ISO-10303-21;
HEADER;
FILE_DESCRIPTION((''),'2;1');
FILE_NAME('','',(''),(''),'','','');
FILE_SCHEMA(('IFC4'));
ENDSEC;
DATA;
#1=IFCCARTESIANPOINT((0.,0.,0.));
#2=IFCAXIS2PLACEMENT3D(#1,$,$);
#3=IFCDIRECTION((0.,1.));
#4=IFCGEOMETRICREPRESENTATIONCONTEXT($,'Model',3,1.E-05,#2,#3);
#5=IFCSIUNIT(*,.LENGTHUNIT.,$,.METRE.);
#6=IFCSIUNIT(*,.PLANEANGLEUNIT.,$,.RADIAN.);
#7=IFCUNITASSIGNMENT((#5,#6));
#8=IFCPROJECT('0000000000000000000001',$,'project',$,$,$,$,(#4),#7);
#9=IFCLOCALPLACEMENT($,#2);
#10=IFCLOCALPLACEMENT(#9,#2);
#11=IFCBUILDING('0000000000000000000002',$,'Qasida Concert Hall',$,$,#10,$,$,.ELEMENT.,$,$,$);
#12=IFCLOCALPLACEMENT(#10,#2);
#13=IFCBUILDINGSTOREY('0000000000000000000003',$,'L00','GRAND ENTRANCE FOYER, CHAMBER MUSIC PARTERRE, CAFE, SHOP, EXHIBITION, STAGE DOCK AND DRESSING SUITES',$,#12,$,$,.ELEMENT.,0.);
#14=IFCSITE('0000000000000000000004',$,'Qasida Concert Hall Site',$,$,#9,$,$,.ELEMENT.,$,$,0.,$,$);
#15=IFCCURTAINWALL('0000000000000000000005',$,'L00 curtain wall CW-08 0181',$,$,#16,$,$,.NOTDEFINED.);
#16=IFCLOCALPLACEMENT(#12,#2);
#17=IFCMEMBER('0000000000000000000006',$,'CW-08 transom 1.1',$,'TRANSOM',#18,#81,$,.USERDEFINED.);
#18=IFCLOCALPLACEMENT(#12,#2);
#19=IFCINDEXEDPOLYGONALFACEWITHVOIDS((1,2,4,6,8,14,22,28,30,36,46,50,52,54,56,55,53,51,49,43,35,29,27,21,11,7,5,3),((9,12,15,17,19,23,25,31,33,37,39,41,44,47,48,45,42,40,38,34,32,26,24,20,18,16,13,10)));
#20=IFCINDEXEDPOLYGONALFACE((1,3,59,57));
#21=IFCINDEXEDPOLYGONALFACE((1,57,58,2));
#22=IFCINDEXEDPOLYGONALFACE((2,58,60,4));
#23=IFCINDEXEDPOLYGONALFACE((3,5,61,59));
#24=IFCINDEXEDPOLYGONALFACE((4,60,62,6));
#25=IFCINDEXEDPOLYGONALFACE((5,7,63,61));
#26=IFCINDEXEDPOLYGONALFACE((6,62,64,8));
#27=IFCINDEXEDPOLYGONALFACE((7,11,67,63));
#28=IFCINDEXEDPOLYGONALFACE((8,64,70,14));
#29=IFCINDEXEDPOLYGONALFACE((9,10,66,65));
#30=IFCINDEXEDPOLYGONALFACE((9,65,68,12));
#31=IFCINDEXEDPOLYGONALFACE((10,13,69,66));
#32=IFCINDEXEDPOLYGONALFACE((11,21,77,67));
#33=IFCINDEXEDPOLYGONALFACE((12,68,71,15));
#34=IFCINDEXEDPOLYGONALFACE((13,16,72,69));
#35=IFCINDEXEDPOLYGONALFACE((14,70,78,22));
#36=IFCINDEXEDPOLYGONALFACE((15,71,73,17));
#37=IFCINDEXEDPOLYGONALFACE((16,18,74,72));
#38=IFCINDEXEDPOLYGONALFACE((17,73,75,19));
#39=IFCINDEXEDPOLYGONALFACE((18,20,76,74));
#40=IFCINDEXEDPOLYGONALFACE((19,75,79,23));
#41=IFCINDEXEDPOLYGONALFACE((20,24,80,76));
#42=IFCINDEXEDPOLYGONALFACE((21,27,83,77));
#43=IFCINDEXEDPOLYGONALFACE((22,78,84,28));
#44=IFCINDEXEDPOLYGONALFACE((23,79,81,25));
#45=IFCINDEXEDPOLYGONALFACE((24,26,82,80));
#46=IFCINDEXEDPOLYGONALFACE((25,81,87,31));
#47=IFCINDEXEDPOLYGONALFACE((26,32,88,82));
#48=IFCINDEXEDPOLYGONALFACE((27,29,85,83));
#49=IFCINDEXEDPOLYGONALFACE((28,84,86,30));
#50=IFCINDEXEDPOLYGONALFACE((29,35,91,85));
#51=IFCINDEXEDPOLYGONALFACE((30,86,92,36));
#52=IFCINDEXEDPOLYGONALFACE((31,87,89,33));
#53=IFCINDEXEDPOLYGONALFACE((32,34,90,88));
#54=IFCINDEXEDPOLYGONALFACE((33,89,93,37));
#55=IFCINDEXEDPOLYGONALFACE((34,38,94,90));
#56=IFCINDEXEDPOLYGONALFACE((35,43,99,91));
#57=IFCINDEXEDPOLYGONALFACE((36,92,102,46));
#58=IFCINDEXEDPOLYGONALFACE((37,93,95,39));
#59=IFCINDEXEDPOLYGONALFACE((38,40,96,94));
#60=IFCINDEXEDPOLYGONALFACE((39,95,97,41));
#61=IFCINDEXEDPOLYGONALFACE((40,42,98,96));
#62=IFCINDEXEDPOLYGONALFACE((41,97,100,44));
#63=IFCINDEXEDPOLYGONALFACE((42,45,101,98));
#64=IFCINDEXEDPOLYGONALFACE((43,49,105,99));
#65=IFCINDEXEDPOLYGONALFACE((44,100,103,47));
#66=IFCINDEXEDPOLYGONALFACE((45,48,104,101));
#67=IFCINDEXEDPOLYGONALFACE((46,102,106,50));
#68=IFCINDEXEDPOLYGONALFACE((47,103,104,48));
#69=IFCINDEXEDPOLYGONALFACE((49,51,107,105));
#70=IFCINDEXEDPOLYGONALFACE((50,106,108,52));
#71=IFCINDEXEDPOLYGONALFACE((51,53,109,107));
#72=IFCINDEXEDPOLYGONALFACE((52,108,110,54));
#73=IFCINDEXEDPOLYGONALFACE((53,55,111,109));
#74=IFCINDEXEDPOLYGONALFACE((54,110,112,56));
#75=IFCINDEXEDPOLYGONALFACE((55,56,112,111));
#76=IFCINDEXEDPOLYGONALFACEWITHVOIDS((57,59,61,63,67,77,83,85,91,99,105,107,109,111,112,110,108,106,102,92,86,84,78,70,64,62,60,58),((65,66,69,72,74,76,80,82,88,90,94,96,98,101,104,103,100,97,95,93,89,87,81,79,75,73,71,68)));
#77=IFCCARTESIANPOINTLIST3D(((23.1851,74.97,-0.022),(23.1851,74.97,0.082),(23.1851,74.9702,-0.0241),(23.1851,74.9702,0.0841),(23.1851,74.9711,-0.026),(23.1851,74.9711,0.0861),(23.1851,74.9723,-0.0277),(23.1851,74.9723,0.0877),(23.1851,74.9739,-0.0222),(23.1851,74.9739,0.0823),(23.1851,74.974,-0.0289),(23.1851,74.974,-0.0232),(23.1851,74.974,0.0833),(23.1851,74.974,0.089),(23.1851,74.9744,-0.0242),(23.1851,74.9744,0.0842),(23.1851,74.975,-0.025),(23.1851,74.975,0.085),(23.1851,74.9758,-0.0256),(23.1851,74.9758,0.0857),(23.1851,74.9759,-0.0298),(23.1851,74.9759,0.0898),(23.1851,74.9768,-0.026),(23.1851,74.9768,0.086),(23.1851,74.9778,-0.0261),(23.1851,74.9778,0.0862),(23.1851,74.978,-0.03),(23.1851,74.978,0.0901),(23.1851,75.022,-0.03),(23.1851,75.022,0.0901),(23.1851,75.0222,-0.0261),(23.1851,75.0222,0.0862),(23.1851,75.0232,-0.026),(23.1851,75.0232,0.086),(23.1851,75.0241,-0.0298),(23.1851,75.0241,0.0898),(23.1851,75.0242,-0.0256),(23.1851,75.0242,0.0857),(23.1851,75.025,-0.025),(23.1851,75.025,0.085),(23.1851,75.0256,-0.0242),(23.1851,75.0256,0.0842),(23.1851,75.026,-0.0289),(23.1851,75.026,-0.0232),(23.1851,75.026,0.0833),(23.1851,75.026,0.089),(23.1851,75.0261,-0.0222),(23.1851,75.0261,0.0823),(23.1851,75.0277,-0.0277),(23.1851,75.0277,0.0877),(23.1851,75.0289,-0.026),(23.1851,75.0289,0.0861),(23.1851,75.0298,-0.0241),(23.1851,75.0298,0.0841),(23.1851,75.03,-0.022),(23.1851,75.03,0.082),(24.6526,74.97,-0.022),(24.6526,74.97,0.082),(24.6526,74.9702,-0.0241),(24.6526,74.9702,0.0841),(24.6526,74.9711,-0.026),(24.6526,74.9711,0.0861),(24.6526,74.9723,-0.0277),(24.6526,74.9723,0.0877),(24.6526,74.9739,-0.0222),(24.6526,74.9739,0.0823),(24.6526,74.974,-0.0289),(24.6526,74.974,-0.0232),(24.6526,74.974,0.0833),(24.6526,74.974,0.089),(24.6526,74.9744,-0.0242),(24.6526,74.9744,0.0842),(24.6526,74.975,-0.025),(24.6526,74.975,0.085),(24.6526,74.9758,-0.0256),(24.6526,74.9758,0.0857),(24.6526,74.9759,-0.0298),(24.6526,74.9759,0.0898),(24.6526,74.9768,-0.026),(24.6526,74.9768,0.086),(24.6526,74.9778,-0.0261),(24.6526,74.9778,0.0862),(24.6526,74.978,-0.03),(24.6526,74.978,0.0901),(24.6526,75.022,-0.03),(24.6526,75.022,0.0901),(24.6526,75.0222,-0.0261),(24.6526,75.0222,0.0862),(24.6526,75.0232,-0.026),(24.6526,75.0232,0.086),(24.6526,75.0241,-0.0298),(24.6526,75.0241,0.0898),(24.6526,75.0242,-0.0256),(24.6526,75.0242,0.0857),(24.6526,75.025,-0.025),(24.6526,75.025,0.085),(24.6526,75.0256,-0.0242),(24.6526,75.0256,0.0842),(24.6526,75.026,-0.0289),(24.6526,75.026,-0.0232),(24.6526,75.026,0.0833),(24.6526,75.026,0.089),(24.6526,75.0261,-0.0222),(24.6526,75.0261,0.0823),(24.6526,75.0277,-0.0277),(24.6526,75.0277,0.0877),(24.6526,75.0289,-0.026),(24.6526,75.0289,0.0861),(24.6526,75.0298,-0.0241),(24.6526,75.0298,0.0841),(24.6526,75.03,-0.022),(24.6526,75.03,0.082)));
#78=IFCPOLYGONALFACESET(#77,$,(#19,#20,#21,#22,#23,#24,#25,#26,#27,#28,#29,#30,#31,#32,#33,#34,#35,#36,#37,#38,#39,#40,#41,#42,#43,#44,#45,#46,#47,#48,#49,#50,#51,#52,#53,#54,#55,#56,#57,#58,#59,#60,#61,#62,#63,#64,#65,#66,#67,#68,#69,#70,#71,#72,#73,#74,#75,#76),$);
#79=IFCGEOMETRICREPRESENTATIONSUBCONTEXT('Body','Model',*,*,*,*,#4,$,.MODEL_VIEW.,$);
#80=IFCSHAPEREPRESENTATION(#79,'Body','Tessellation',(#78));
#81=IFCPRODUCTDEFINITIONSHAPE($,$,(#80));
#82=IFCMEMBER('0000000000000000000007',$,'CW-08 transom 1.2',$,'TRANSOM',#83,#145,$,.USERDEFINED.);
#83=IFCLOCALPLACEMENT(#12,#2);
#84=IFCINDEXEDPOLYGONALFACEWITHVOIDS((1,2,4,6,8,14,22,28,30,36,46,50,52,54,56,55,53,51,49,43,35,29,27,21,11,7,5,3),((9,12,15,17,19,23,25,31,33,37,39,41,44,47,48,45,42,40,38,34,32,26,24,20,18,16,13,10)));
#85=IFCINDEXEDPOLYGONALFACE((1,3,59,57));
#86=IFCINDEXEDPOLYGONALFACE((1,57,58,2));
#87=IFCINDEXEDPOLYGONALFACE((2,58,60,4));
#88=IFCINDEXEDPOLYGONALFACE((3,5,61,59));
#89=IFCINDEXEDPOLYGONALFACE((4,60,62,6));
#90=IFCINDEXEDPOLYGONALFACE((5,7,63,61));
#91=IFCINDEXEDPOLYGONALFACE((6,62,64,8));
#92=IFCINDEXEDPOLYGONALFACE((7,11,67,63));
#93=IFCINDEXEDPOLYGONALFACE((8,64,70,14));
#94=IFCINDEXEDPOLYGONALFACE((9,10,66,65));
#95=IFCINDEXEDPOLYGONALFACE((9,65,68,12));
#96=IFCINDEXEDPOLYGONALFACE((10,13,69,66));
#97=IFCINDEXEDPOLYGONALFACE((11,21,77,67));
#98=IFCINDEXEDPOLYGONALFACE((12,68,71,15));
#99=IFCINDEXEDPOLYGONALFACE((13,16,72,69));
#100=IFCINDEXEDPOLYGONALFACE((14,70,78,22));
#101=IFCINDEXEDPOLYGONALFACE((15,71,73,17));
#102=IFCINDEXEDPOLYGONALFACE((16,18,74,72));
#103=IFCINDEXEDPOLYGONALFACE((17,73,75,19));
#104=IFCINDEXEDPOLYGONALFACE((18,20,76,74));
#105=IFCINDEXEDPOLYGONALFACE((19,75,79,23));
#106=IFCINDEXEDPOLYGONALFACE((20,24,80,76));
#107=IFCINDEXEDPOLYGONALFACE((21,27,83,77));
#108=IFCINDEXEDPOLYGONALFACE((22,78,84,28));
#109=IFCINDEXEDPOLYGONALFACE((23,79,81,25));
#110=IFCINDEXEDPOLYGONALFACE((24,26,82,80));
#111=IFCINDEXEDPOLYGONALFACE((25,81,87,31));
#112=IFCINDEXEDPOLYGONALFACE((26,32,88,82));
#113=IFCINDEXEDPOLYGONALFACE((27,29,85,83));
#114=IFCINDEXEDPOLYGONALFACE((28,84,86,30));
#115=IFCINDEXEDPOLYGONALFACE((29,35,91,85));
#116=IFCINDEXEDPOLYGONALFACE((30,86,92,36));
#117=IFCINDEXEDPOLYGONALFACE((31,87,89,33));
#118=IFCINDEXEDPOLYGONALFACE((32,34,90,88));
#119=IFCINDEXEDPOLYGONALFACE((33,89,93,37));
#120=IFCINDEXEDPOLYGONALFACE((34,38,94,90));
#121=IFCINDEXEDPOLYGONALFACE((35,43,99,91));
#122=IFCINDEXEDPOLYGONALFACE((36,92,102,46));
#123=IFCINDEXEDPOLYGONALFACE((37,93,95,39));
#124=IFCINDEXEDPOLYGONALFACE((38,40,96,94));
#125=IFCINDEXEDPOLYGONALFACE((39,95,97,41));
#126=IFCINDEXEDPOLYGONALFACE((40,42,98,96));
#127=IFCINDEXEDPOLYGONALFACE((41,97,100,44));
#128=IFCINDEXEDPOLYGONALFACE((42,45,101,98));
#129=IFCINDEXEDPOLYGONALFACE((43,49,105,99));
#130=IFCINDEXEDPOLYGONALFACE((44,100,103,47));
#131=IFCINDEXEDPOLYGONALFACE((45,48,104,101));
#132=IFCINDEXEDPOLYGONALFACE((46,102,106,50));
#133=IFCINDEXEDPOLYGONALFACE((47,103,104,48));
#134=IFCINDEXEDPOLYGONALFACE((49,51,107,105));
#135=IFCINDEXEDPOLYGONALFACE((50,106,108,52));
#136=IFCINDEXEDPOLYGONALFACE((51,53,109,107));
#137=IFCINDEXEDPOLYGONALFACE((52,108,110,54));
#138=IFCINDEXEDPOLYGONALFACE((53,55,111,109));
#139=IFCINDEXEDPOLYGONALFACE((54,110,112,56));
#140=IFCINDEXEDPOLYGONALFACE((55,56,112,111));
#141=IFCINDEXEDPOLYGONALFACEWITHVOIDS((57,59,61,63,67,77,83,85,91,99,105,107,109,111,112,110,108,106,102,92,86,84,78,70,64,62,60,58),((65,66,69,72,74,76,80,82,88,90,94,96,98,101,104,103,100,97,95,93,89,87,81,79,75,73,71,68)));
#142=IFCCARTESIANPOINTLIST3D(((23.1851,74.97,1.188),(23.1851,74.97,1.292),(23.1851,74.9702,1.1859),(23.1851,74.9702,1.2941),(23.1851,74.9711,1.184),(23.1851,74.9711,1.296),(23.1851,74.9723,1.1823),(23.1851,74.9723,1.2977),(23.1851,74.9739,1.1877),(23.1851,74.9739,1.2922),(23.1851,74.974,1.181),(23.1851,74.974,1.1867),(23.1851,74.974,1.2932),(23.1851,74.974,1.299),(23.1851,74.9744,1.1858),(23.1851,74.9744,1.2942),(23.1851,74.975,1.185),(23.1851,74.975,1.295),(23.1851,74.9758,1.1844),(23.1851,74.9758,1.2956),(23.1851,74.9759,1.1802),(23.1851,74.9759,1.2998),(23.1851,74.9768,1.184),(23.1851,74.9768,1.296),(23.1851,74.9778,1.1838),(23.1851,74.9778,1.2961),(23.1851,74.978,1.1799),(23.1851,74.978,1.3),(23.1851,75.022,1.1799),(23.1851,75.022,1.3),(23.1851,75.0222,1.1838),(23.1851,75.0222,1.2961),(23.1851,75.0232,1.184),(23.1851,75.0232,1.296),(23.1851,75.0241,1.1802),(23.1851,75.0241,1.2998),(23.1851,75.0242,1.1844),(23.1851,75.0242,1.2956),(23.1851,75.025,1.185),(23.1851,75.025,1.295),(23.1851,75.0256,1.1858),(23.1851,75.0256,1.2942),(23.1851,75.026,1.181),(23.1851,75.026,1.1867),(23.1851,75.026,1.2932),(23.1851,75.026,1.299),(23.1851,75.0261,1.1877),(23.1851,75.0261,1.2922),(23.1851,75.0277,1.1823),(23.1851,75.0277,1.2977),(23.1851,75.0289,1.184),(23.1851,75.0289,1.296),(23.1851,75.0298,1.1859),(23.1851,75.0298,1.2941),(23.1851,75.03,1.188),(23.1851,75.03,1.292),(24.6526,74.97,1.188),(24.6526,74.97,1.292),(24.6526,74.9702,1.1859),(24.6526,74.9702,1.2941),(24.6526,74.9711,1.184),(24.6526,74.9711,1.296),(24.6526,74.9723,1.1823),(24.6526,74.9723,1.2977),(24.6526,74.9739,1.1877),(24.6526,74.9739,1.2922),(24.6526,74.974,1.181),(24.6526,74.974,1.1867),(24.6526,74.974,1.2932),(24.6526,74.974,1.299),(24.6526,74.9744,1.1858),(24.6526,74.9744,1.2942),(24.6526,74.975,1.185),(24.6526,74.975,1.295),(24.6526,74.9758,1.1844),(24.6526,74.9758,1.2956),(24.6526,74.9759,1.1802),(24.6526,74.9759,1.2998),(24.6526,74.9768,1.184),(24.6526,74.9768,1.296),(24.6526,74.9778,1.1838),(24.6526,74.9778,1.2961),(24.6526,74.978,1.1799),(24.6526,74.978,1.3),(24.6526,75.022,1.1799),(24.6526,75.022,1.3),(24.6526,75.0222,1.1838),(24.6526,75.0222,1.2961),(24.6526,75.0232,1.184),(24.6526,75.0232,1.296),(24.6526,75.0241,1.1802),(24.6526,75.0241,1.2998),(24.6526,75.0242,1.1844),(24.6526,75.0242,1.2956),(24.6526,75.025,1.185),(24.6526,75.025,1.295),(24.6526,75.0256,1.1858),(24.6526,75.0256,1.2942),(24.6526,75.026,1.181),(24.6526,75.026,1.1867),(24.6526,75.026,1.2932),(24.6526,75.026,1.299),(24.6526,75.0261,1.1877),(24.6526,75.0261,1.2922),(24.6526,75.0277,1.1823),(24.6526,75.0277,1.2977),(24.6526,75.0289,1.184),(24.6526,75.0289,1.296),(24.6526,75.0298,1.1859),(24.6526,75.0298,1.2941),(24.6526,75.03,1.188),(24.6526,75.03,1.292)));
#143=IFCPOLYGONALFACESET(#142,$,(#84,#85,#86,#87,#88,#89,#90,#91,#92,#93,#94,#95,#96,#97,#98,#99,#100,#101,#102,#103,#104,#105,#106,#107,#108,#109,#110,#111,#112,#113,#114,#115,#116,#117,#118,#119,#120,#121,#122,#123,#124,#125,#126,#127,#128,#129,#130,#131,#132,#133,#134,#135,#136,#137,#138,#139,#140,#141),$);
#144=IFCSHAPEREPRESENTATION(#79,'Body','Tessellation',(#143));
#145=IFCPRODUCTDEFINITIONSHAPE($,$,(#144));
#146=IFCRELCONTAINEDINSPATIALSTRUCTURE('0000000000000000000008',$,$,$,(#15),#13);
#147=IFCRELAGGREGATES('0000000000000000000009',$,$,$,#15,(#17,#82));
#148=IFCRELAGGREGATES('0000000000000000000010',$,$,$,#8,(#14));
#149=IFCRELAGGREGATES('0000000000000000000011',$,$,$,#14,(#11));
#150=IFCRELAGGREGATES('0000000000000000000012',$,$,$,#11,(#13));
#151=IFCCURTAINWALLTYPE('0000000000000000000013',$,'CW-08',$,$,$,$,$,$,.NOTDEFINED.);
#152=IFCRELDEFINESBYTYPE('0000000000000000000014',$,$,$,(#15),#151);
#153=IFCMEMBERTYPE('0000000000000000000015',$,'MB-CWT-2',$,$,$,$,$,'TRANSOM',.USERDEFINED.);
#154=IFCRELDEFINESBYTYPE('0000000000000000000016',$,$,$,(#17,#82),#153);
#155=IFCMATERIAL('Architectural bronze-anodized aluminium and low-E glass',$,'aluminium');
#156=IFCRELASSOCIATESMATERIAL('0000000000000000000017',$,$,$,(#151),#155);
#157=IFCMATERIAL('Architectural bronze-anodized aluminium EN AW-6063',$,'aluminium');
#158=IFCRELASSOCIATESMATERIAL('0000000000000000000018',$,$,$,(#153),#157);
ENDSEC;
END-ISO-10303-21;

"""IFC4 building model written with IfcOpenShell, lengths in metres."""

from ifc_helpers import new_model, si_unit, direction, frame, origin, origin_2d, place, context, subcontext, project, spatial, hollow_rectangle, extrude, material, material_profile, profile_set, type_object, element, aggregate, save


model = new_model("IFC4")

# Units and contexts
model_context = context("Model", 3, precision=1e-05, world=origin(), true_north=direction((0.0, 1.0)))
body_context = subcontext(model_context, "Body", "Model", "MODEL_VIEW")
ifc_project = project(units=[si_unit("LENGTHUNIT", "METRE"), si_unit("PLANEANGLEUNIT", "RADIAN")], contexts=[model_context])

# Site, building, storey
site_placement = place(None, origin())
site = spatial("IfcSite", under=ifc_project, at=site_placement, Name="Qasida Concert Hall Site", CompositionType="ELEMENT", RefElevation=0.0)
building_placement = place(site_placement, origin())
building = spatial("IfcBuilding", under=site, at=building_placement, Name="Qasida Concert Hall", CompositionType="ELEMENT")
storey_placement = place(building_placement, origin())
storey = spatial("IfcBuildingStorey", under=building, at=storey_placement, Name="L00", Description="GRAND ENTRANCE FOYER, CHAMBER MUSIC PARTERRE, CAFE, SHOP, EXHIBITION, STAGE DOCK AND DRESSING SUITES", CompositionType="ELEMENT", Elevation=0.0)

# Shared definitions
ifc_material_1 = material(Name="Architectural bronze-anodized aluminium and low-E glass", Category="aluminium")
curtain_wall_type = type_object("IfcCurtainWallType", Name="CW-08", PredefinedType="NOTDEFINED", material=ifc_material_1)
ifc_material_2 = material(Name="Architectural bronze-anodized aluminium EN AW-6063", Category="aluminium")

# Curtain wall, members
curtain_wall_1_placement = place(storey_placement, origin())
curtain_wall_1 = element("IfcCurtainWall", 1, at=curtain_wall_1_placement, inside=storey, type_object=curtain_wall_type, Name="L00 curtain wall CW-08 0181", PredefinedType="NOTDEFINED")
ifc_material_profile_1 = material_profile(ifc_material_2, hollow_rectangle(XDim=0.0601, YDim=0.1201, WallThickness=0.0039, InnerFilletRadius=0.0039, OuterFilletRadius=0.0081, at=origin_2d()), Name="CWT 120x60x4")
ifc_profile_set_1 = profile_set([ifc_material_profile_1], Name="Architectural bronze-anodized aluminium EN AW-6063")
member_type_1 = type_object("IfcMemberType", Name="MB-CWT-2", ElementType="TRANSOM", PredefinedType="USERDEFINED", material=ifc_profile_set_1)
member_1_placement = place(storey_placement, frame((23.1851, 75.0, 0.03), z_axis=(1.0, 0.0, 0.0), x_axis=(0.0, 1.0, 0.0)))
member_1 = element("IfcMember", 2, at=member_1_placement, type_object=member_type_1, Name="CW-08 transom 1.1", ObjectType="TRANSOM", PredefinedType="USERDEFINED", context=body_context, shape_type="SweptSolid", body=[
    extrude(hollow_rectangle(XDim=0.0601, YDim=0.1201, WallThickness=0.0039, InnerFilletRadius=0.0039, OuterFilletRadius=0.0081, at=origin_2d()), origin(), (0.0, 0.0, 1.0), 1.4675),
])
member_2_placement = place(storey_placement, frame((23.1851, 75.0, 1.24), z_axis=(1.0, 0.0, 0.0), x_axis=(0.0, 1.0, 0.0)))
member_2 = element("IfcMember", 3, at=member_2_placement, type_object=member_type_1, Name="CW-08 transom 1.2", ObjectType="TRANSOM", PredefinedType="USERDEFINED", context=body_context, shape_type="SweptSolid", body=[
    extrude(hollow_rectangle(XDim=0.0601, YDim=0.1201, WallThickness=0.0039, InnerFilletRadius=0.0039, OuterFilletRadius=0.0081, at=origin_2d()), origin(), (0.0, 0.0, 1.0), 1.4675),
])

aggregate(curtain_wall_1, [member_1, member_2])

save(model, "model.ifc")
